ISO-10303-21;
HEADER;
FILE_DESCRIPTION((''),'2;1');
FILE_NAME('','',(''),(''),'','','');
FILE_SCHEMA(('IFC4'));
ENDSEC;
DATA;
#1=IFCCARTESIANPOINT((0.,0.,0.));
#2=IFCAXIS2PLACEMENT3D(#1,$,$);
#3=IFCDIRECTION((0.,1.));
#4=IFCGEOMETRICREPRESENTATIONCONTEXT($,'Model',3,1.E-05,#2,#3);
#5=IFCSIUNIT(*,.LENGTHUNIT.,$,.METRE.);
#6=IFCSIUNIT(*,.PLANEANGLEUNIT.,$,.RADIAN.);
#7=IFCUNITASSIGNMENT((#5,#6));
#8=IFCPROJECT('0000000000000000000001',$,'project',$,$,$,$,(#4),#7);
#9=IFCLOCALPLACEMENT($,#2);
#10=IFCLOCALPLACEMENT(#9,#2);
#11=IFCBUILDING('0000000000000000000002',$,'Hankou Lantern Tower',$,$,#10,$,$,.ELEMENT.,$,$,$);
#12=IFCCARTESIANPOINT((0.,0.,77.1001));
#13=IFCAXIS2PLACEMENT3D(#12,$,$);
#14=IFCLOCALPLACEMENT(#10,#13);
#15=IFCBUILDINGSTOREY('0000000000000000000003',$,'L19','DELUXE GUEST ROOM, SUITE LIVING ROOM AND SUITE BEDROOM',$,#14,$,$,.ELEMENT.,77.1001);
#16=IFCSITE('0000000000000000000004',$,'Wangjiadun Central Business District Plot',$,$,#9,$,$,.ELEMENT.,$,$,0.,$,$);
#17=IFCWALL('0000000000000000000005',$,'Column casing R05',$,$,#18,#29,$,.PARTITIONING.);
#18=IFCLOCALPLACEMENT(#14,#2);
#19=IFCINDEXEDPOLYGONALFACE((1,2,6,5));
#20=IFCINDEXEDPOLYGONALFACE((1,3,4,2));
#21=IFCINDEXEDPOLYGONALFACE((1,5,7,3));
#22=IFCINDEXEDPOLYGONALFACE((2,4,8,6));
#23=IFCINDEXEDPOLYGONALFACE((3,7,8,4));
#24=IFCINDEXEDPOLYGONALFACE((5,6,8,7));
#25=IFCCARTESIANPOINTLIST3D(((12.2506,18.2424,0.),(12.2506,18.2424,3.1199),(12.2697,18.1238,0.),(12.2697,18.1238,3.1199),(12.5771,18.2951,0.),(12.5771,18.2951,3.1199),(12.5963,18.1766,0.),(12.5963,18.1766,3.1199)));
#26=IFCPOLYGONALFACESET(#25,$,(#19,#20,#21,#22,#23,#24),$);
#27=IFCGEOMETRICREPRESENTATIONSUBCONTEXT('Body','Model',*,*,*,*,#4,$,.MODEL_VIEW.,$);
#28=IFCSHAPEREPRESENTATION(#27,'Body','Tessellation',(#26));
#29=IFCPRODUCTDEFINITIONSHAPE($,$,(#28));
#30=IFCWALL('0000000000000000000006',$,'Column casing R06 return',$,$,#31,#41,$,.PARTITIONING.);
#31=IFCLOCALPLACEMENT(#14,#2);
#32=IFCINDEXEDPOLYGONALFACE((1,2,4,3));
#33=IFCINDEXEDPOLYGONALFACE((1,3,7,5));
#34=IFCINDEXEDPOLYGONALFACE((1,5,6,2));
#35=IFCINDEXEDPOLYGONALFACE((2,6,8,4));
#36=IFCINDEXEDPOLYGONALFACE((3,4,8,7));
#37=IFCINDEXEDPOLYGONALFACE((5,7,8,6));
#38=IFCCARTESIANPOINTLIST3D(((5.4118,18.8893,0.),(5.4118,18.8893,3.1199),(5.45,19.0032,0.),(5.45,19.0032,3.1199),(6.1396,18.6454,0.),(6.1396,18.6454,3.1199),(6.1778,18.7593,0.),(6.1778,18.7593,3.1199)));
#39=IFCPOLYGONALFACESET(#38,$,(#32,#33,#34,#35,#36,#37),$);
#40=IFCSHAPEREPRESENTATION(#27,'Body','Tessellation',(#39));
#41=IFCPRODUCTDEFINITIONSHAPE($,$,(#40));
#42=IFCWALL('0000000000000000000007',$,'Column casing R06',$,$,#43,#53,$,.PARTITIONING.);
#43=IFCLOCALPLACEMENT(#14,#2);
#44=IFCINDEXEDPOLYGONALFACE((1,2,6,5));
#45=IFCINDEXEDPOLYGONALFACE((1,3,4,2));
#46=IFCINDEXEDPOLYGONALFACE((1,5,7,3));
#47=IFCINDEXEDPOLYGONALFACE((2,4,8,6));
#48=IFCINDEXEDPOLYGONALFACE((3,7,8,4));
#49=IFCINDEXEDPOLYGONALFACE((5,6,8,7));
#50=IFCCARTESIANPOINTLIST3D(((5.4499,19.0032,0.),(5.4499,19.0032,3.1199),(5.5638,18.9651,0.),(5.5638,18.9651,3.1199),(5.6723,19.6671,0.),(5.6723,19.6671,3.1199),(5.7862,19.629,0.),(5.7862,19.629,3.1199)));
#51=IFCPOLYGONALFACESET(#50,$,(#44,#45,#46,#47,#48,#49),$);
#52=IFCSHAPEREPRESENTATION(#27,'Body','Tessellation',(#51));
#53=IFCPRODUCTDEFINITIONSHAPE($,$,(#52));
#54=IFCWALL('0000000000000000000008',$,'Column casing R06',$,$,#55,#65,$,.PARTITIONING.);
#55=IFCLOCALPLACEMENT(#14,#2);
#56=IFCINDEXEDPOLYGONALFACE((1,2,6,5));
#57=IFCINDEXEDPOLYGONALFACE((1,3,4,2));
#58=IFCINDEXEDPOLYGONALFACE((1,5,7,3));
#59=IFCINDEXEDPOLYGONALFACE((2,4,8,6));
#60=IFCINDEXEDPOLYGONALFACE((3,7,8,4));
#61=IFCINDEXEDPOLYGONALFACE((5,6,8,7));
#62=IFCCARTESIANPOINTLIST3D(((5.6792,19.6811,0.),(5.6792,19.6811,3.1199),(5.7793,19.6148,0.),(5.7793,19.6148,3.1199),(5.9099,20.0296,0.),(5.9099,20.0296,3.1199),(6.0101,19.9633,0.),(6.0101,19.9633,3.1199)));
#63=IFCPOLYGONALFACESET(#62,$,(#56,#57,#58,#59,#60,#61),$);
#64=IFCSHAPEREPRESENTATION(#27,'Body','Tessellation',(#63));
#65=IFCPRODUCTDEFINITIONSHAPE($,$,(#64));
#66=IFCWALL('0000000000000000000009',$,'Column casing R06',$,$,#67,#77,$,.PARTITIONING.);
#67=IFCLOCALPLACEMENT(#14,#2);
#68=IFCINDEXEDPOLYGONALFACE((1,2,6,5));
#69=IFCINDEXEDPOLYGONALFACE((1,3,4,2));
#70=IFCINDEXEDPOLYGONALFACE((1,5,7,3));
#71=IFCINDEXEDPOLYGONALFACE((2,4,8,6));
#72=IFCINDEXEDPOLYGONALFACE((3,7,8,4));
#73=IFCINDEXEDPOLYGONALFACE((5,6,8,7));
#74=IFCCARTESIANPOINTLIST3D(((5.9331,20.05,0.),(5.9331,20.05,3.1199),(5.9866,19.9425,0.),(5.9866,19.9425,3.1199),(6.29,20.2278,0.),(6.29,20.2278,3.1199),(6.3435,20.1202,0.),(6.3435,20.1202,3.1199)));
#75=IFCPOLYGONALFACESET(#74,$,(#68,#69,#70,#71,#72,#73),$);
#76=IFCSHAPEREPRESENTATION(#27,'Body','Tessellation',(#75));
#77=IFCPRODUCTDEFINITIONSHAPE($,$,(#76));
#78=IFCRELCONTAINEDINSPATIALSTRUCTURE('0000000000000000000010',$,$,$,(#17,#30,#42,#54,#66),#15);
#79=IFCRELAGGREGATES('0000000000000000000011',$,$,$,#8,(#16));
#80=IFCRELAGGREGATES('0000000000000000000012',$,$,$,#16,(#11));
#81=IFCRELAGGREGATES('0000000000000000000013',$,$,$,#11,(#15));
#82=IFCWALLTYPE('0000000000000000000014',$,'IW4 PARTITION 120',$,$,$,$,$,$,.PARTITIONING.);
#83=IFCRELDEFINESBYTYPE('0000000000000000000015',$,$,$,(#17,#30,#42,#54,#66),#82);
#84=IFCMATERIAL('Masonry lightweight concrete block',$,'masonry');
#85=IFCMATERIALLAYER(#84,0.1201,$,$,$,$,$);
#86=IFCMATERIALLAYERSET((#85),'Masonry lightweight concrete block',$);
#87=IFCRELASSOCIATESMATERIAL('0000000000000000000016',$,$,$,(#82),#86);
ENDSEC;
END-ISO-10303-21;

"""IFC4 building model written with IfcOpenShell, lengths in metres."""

from ifc_helpers import new_model, si_unit, direction, frame, frame_2d, origin, place, context, subcontext, project, spatial, rectangle, extrude, material, layer, layer_set, type_object, element, save


model = new_model("IFC4")

# Units and contexts
model_context = context("Model", 3, precision=1e-05, world=origin(), true_north=direction((0.0, 1.0)))
body_context = subcontext(model_context, "Body", "Model", "MODEL_VIEW")
ifc_project = project(units=[si_unit("LENGTHUNIT", "METRE"), si_unit("PLANEANGLEUNIT", "RADIAN")], contexts=[model_context])

# Site, building, storey
site_placement = place(None, origin())
site = spatial("IfcSite", under=ifc_project, at=site_placement, Name="Wangjiadun Central Business District Plot", CompositionType="ELEMENT", RefElevation=0.0)
building_placement = place(site_placement, origin())
building = spatial("IfcBuilding", under=site, at=building_placement, Name="Hankou Lantern Tower", CompositionType="ELEMENT")
storey_placement = place(building_placement, frame((0.0, 0.0, 77.1001)))
storey = spatial("IfcBuildingStorey", under=building, at=storey_placement, Name="L19", Description="DELUXE GUEST ROOM, SUITE LIVING ROOM AND SUITE BEDROOM", CompositionType="ELEMENT", Elevation=77.1001)

# Walls
ifc_material_1 = material(Name="Masonry lightweight concrete block", Category="masonry")
ifc_layer_1 = layer(ifc_material_1, 0.1201)
ifc_layer_set_1 = layer_set([ifc_layer_1], Name="Masonry lightweight concrete block")
wall_type_1 = type_object("IfcWallType", Name="IW4 PARTITION 120", PredefinedType="PARTITIONING", material=ifc_layer_set_1)
wall_1_placement = place(storey_placement, frame((12.26, 18.1831, 0.0), z_axis=(0.0, 0.0, 1.0), x_axis=(0.987219, 0.159372, 0.0)))
element("IfcWall", 1, at=wall_1_placement, inside=storey, type_object=wall_type_1, Name="Column casing R05", PredefinedType="PARTITIONING", context=body_context, shape_type="SweptSolid", body=[
    extrude(rectangle(XDim=0.3308, YDim=0.1201, at=frame_2d((0.1655, 0.0))), origin(), (0.0, 0.0, 1.0), 3.1199),
])
wall_2_placement = place(storey_placement, frame((6.1587, 18.7024, 0.0), z_axis=(0.0, 0.0, 1.0), x_axis=(-0.948173, 0.317754, 0.0)))
element("IfcWall", 2, at=wall_2_placement, inside=storey, type_object=wall_type_1, Name="Column casing R06 return", PredefinedType="PARTITIONING", context=body_context, shape_type="SweptSolid", body=[
    extrude(rectangle(XDim=0.7676, YDim=0.1201, at=frame_2d((0.3838, 0.0))), origin(), (0.0, 0.0, 1.0), 3.1199),
])
wall_3_placement = place(storey_placement, frame((5.5068, 18.9841, 0.0), z_axis=(0.0, 0.0, 1.0), x_axis=(0.317692, 0.948194, 0.0)))
element("IfcWall", 3, at=wall_3_placement, inside=storey, type_object=wall_type_1, Name="Column casing R06", PredefinedType="PARTITIONING", context=body_context, shape_type="SweptSolid", body=[
    extrude(rectangle(XDim=0.7002, YDim=0.1201, at=frame_2d((0.3501, 0.0))), origin(), (0.0, 0.0, 1.0), 3.1199),
])
wall_4_placement = place(storey_placement, frame((5.7292, 19.6479, 0.0), z_axis=(0.0, 0.0, 1.0), x_axis=(0.552136, 0.833754, 0.0)))
element("IfcWall", 4, at=wall_4_placement, inside=storey, type_object=wall_type_1, Name="Column casing R06", PredefinedType="PARTITIONING", context=body_context, shape_type="SweptSolid", body=[
    extrude(rectangle(XDim=0.418, YDim=0.1201, at=frame_2d((0.209, 0.0))), origin(), (0.0, 0.0, 1.0), 3.1199),
])
wall_5_placement = place(storey_placement, frame((5.96, 19.9963, 0.0), z_axis=(0.0, 0.0, 1.0), x_axis=(0.895161, 0.445744, 0.0)))
element("IfcWall", 5, at=wall_5_placement, inside=storey, type_object=wall_type_1, Name="Column casing R06", PredefinedType="PARTITIONING", context=body_context, shape_type="SweptSolid", body=[
    extrude(rectangle(XDim=0.3987, YDim=0.1201, at=frame_2d((0.1992, 0.0))), origin(), (0.0, 0.0, 1.0), 3.1199),
])

save(model, "model.ifc")
